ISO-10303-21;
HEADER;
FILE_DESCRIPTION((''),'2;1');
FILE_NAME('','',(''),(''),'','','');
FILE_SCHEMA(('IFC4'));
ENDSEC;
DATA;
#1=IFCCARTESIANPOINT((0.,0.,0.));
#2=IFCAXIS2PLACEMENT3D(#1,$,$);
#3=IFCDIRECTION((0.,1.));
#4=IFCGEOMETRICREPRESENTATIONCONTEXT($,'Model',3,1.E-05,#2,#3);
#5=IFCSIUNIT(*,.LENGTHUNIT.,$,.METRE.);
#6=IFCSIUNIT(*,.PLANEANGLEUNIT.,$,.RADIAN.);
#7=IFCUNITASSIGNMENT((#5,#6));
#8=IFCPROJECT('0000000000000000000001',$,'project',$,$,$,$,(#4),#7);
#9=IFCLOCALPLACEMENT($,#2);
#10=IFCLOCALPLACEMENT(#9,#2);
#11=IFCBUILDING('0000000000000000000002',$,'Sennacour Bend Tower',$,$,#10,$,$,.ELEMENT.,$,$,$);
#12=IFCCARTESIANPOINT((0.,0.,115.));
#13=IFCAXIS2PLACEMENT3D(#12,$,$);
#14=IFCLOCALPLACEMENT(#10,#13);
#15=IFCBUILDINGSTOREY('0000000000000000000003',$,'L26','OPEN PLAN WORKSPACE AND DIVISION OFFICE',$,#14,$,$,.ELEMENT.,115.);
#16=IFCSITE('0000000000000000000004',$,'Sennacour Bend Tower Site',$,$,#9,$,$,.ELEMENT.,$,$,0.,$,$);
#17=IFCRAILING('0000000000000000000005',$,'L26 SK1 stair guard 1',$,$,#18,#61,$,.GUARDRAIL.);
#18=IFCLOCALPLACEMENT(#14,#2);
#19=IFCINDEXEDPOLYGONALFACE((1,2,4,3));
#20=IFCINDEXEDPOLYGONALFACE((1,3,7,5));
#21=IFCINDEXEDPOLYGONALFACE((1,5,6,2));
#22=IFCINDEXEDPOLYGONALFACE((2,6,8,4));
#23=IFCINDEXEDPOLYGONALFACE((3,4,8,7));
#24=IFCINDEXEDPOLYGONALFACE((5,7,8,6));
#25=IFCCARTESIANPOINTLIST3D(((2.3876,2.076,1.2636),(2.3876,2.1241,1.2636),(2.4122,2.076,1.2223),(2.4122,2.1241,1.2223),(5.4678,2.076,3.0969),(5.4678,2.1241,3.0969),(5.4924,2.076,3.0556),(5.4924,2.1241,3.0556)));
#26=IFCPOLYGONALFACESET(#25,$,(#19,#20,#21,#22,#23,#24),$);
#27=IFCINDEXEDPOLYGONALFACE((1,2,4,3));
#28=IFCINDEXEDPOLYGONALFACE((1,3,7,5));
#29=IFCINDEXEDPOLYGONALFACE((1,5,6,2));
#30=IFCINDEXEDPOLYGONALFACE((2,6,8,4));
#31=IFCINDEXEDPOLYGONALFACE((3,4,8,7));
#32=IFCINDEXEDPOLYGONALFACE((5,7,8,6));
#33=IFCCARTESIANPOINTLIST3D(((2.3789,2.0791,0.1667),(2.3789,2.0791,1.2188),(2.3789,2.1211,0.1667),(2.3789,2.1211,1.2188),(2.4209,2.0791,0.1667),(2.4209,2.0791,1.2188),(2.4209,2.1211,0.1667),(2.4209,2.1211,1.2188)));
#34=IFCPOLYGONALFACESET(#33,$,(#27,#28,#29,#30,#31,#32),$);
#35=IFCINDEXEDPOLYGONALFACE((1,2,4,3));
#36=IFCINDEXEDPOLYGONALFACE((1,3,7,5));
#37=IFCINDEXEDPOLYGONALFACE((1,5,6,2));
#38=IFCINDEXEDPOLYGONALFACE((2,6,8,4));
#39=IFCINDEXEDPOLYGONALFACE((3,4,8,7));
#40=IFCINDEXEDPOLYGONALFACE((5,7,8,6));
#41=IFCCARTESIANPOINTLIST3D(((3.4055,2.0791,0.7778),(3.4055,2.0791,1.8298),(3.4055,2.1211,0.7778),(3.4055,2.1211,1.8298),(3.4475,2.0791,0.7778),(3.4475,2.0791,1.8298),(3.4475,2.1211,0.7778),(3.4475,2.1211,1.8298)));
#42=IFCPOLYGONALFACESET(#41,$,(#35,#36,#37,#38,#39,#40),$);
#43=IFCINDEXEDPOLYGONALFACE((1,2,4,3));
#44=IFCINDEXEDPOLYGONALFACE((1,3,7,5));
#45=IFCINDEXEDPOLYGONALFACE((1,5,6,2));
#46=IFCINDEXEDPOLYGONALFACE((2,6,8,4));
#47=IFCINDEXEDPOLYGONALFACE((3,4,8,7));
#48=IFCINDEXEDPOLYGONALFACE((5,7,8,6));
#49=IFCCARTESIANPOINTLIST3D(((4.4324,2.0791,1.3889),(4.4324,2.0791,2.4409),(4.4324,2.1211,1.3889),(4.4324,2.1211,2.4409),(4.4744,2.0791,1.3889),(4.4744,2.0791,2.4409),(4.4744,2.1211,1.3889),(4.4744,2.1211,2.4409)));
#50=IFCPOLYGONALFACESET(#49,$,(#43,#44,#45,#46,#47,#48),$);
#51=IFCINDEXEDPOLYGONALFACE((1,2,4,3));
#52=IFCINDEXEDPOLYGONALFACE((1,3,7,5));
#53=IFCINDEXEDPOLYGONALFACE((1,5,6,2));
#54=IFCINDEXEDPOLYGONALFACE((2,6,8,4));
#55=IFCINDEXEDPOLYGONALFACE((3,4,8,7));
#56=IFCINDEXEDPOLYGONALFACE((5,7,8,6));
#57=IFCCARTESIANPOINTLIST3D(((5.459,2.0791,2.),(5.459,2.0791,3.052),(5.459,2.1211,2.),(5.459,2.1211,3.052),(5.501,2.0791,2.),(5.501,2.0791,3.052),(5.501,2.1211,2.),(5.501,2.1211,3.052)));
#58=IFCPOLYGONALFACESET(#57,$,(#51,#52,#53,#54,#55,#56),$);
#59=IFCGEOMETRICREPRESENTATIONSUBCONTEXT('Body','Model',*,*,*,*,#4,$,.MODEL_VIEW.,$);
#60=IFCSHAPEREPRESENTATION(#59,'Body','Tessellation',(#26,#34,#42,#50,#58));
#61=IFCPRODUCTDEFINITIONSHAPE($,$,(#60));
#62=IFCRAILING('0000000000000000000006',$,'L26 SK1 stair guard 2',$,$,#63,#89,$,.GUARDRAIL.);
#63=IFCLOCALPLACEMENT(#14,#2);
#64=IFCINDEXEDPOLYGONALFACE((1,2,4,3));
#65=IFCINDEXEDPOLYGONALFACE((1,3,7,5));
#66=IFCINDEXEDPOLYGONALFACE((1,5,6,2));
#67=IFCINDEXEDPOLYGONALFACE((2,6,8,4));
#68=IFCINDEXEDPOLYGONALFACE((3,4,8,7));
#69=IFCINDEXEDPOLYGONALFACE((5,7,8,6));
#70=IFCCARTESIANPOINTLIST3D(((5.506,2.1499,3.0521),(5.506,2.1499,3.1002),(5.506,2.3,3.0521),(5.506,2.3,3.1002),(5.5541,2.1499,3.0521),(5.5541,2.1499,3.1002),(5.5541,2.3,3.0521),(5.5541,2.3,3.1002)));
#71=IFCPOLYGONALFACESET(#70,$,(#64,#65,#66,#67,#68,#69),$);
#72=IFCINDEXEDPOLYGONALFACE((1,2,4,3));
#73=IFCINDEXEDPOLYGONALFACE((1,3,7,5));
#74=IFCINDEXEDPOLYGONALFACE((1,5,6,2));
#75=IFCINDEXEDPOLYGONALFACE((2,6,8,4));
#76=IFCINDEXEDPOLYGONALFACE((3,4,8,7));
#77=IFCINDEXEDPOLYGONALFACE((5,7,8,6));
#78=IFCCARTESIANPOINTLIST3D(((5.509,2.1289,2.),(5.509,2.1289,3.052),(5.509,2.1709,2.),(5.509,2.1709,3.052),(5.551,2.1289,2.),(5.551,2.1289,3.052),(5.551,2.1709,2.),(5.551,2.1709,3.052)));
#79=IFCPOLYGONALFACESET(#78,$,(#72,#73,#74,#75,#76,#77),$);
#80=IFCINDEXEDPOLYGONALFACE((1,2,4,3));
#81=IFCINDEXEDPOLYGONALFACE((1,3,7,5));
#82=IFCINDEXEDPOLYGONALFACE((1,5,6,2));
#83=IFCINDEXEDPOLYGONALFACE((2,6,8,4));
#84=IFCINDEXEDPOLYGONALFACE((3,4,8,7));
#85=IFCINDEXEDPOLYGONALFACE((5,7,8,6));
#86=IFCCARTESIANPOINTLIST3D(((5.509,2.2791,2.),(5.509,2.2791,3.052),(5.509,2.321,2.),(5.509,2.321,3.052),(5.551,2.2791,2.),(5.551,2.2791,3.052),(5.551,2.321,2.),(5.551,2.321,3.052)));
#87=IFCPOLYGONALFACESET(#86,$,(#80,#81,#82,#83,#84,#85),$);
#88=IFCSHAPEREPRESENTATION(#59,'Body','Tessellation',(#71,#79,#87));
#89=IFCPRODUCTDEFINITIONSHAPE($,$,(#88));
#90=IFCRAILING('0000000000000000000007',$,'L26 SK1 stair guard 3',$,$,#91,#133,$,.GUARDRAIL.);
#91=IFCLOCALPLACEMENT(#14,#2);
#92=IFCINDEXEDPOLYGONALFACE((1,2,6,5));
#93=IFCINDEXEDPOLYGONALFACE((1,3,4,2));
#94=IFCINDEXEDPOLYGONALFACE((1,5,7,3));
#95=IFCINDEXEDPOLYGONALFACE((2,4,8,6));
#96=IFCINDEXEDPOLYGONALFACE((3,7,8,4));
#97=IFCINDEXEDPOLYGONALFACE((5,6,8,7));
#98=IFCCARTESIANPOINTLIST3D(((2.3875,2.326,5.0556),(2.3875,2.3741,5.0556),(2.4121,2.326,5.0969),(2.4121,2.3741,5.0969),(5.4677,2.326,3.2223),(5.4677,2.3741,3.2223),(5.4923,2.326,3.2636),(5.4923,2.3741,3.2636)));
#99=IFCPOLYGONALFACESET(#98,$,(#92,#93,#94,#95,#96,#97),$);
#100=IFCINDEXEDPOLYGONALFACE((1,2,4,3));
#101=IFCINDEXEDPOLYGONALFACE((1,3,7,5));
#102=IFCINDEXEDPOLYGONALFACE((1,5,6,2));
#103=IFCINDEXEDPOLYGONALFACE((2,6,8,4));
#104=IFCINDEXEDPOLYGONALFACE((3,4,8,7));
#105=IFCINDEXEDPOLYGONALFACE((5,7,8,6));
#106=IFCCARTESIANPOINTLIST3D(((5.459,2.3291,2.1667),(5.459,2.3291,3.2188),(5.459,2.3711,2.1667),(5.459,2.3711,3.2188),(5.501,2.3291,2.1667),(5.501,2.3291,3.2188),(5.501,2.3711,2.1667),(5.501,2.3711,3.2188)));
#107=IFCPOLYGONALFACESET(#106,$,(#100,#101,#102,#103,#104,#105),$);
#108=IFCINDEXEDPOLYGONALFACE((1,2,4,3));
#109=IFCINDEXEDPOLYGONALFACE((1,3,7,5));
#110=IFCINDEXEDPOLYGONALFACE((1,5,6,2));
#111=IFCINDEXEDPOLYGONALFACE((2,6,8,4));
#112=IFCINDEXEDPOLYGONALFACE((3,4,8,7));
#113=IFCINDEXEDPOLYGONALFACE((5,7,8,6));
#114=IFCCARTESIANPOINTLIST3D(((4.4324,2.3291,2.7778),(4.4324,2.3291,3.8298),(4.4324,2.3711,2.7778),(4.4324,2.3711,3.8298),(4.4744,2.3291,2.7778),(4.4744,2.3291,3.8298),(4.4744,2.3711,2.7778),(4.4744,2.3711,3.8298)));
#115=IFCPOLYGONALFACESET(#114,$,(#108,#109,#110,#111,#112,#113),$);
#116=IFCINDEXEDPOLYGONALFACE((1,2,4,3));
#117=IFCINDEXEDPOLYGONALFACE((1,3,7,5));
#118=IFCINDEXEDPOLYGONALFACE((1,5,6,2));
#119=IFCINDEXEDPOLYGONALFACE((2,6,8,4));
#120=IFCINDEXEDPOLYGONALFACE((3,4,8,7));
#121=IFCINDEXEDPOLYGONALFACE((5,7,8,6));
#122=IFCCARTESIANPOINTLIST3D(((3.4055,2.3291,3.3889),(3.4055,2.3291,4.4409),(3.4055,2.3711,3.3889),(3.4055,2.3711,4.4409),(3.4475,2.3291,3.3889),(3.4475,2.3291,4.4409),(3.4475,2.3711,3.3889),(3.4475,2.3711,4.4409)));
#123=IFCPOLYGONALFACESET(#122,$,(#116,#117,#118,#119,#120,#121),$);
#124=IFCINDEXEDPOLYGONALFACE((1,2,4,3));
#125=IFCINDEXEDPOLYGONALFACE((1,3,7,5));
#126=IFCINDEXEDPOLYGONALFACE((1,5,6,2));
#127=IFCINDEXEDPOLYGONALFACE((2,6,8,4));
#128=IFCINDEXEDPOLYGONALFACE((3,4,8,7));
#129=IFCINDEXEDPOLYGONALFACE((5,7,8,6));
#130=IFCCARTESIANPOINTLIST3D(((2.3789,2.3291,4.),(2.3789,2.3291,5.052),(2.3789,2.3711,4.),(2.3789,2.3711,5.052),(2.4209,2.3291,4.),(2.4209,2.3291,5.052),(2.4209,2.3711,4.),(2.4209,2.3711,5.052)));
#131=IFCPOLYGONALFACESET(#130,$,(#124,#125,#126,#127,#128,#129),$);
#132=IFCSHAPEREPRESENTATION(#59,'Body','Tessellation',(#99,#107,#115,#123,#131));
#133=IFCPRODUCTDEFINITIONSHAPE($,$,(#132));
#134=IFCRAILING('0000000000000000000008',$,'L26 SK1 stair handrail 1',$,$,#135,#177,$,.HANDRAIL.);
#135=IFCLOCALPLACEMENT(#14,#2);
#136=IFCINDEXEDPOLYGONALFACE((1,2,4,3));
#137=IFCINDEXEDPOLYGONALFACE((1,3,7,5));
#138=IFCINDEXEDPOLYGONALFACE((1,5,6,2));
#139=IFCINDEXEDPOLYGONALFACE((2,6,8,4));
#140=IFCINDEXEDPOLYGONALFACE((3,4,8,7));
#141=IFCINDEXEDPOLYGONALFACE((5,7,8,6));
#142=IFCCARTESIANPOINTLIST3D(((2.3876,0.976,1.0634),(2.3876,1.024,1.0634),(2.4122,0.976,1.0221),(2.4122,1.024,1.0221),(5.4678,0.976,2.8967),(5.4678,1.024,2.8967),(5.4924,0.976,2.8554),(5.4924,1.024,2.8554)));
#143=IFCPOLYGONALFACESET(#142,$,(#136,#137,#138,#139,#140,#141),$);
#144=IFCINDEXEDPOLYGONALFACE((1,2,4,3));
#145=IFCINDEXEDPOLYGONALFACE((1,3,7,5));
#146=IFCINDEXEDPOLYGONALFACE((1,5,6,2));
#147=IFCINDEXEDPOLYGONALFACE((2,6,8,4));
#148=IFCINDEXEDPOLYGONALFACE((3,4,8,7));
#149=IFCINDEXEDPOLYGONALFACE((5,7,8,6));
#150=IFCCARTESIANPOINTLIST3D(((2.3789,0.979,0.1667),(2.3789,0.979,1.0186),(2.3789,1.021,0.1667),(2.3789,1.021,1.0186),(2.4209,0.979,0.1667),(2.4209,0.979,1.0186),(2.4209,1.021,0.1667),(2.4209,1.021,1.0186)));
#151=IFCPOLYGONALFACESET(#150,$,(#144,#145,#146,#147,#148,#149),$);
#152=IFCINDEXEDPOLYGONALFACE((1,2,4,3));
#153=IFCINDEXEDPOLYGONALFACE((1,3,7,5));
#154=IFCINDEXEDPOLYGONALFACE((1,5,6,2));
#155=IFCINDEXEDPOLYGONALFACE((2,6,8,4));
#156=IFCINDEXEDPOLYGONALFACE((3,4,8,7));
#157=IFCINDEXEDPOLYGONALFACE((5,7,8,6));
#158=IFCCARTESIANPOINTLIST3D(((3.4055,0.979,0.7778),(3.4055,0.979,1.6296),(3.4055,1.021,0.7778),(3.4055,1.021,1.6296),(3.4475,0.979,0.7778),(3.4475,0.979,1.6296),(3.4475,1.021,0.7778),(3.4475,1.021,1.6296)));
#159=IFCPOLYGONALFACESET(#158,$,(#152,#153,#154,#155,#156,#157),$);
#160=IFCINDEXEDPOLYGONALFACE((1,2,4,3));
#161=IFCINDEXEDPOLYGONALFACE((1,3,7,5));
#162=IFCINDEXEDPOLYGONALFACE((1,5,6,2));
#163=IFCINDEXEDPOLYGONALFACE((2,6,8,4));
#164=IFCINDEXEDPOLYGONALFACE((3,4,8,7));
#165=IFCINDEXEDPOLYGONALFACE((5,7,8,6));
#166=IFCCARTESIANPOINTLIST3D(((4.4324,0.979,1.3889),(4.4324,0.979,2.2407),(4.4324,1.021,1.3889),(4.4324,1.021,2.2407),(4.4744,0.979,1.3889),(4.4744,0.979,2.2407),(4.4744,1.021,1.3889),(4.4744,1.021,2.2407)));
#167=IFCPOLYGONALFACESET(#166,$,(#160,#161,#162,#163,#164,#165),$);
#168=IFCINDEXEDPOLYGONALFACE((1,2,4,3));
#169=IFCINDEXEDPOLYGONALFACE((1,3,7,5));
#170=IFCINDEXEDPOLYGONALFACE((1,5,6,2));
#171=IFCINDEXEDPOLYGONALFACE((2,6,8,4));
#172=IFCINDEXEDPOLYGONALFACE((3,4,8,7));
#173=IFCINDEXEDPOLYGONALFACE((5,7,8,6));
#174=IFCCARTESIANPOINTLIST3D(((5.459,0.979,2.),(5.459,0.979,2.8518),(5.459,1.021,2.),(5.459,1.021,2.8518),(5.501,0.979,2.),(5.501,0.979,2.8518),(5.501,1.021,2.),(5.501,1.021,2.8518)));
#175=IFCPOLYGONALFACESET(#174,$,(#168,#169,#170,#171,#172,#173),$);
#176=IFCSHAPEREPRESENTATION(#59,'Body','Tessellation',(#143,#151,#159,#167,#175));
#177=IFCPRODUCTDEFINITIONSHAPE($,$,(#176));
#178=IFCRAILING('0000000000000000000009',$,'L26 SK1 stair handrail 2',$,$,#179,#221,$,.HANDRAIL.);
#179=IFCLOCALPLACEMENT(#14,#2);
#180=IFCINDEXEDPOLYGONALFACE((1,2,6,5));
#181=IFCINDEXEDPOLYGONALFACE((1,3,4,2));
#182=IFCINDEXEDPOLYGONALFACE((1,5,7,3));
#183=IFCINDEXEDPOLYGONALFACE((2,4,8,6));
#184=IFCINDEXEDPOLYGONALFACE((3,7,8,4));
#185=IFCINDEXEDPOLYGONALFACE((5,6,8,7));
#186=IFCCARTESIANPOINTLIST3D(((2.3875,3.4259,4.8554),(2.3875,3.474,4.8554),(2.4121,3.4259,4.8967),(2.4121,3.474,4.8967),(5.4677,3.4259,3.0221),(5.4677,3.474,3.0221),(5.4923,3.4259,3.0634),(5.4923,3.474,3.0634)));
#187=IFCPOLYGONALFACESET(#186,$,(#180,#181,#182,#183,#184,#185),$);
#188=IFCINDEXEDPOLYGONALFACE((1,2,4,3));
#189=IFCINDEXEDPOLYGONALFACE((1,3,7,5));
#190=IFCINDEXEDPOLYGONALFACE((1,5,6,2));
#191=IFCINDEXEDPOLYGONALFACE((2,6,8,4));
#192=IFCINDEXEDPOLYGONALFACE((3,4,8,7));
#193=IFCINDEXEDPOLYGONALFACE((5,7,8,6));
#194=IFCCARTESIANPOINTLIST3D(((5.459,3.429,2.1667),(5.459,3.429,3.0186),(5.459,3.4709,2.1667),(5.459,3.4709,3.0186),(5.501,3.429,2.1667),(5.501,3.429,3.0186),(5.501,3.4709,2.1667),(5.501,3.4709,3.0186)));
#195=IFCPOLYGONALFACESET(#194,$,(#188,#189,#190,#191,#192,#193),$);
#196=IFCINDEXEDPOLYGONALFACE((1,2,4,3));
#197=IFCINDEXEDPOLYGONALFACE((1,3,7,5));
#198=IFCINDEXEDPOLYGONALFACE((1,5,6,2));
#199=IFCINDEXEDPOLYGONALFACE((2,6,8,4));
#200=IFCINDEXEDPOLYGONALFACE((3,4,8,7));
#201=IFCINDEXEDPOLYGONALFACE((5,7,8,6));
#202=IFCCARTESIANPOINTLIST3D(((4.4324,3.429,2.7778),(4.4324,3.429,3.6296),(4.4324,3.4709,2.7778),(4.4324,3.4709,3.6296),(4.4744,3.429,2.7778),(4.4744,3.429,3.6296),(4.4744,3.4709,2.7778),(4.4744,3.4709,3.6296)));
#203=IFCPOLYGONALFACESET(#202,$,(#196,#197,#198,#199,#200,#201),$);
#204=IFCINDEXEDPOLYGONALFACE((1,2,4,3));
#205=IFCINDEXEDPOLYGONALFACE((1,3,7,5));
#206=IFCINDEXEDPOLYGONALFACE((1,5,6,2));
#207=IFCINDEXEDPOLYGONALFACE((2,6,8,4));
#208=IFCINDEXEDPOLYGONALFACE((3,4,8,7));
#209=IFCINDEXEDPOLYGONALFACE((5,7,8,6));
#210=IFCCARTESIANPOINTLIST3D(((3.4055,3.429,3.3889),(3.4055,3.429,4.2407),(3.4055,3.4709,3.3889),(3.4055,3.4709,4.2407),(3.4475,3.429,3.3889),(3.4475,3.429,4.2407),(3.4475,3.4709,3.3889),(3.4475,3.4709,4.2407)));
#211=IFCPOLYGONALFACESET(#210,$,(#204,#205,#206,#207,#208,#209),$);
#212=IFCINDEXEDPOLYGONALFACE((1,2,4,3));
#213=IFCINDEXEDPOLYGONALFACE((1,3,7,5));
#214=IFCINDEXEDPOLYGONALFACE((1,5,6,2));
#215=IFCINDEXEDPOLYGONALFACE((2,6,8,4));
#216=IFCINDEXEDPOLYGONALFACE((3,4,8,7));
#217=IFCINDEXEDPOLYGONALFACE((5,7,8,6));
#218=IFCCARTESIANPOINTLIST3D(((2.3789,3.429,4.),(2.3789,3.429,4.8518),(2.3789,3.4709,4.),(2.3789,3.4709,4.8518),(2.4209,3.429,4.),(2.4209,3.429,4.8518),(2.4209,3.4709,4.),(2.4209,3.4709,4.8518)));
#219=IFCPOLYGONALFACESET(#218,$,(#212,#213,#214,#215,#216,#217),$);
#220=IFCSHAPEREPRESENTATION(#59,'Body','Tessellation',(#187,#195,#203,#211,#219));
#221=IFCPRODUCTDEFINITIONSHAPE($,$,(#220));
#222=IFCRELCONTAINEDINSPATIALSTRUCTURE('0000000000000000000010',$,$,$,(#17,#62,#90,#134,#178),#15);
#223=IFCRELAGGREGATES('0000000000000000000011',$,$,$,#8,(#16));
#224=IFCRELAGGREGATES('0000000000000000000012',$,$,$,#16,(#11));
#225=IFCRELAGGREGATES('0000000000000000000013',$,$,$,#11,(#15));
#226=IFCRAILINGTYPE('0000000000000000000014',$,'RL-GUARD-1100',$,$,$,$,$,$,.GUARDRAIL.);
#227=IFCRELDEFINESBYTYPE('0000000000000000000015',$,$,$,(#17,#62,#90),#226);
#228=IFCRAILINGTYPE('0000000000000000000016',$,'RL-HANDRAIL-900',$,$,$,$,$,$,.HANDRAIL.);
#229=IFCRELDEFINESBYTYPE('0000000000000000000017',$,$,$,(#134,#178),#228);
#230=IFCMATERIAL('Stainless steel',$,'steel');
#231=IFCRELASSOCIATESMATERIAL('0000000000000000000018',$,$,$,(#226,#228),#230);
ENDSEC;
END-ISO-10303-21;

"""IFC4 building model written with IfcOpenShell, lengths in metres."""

from ifc_helpers import new_model, si_unit, direction, frame, origin, origin_2d, place, context, subcontext, project, spatial, rectangle, extrude, material, type_object, element, save


model = new_model("IFC4")

# Units and contexts
model_context = context("Model", 3, precision=1e-05, world=origin(), true_north=direction((0.0, 1.0)))
body_context = subcontext(model_context, "Body", "Model", "MODEL_VIEW")
ifc_project = project(units=[si_unit("LENGTHUNIT", "METRE"), si_unit("PLANEANGLEUNIT", "RADIAN")], contexts=[model_context])

# Site, building, storey
site_placement = place(None, origin())
site = spatial("IfcSite", under=ifc_project, at=site_placement, Name="Sennacour Bend Tower Site", CompositionType="ELEMENT", RefElevation=0.0)
building_placement = place(site_placement, origin())
building = spatial("IfcBuilding", under=site, at=building_placement, Name="Sennacour Bend Tower", CompositionType="ELEMENT")
storey_placement = place(building_placement, frame((0.0, 0.0, 115.0)))
storey = spatial("IfcBuildingStorey", under=building, at=storey_placement, Name="L26", Description="OPEN PLAN WORKSPACE AND DIVISION OFFICE", CompositionType="ELEMENT", Elevation=115.0)

# Railings
ifc_material_1 = material(Name="Stainless steel", Category="steel")
railing_type_1 = type_object("IfcRailingType", Name="RL-GUARD-1100", PredefinedType="GUARDRAIL", material=ifc_material_1)
railing_1_placement = place(storey_placement, frame((2.3999, 2.1001, 0.1667)))
element("IfcRailing", 1, at=railing_1_placement, inside=storey, type_object=railing_type_1, Name="L26 SK1 stair guard 1", PredefinedType="GUARDRAIL", context=body_context, shape_type="SweptSolid", body=[
    extrude(rectangle(XDim=0.0481, YDim=0.0481, at=origin_2d()), frame((0.0, 0.0, 1.0762), z_axis=(0.859309, 0.0, 0.511458), x_axis=(0.0, 1.0, 0.0)), (0.0, 0.0, 1.0), 3.5845),
    extrude(rectangle(XDim=0.042, YDim=0.042, at=origin_2d()), origin(), (0.0, 0.0, 1.0), 1.052),
    extrude(rectangle(XDim=0.042, YDim=0.042, at=origin_2d()), frame((1.0266, 0.0, 0.6111)), (0.0, 0.0, 1.0), 1.052),
    extrude(rectangle(XDim=0.042, YDim=0.042, at=origin_2d()), frame((2.0535, 0.0, 1.2222)), (0.0, 0.0, 1.0), 1.052),
    extrude(rectangle(XDim=0.042, YDim=0.042, at=origin_2d()), frame((3.0801, 0.0, 1.8333)), (0.0, 0.0, 1.0), 1.052),
])
railing_2_placement = place(storey_placement, frame((5.53, 2.1499, 2.0)))
element("IfcRailing", 2, at=railing_2_placement, inside=storey, type_object=railing_type_1, Name="L26 SK1 stair guard 2", PredefinedType="GUARDRAIL", context=body_context, shape_type="SweptSolid", body=[
    extrude(rectangle(XDim=0.0481, YDim=0.0481, at=origin_2d()), frame((0.0, 0.0, 1.0762), z_axis=(0.0, 1.0, 0.0), x_axis=(-1.0, 0.0, 0.0)), (0.0, 0.0, 1.0), 0.1501),
    extrude(rectangle(XDim=0.042, YDim=0.042, at=origin_2d()), origin(), (0.0, 0.0, 1.0), 1.052),
    extrude(rectangle(XDim=0.042, YDim=0.042, at=origin_2d()), frame((0.0, 0.1501, 0.0)), (0.0, 0.0, 1.0), 1.052),
])
railing_3_placement = place(storey_placement, frame((5.48, 2.3501, 2.1667)))
element("IfcRailing", 3, at=railing_3_placement, inside=storey, type_object=railing_type_1, Name="L26 SK1 stair guard 3", PredefinedType="GUARDRAIL", context=body_context, shape_type="SweptSolid", body=[
    extrude(rectangle(XDim=0.0481, YDim=0.0481, at=origin_2d()), frame((0.0, 0.0, 1.0762), z_axis=(-0.859309, 0.0, 0.511458), x_axis=(0.0, -1.0, 0.0)), (0.0, 0.0, 1.0), 3.5845),
    extrude(rectangle(XDim=0.042, YDim=0.042, at=origin_2d()), origin(), (0.0, 0.0, 1.0), 1.052),
    extrude(rectangle(XDim=0.042, YDim=0.042, at=origin_2d()), frame((-1.0266, 0.0, 0.6111)), (0.0, 0.0, 1.0), 1.052),
    extrude(rectangle(XDim=0.042, YDim=0.042, at=origin_2d()), frame((-2.0535, 0.0, 1.2222)), (0.0, 0.0, 1.0), 1.052),
    extrude(rectangle(XDim=0.042, YDim=0.042, at=origin_2d()), frame((-3.0801, 0.0, 1.8333)), (0.0, 0.0, 1.0), 1.052),
])
railing_type_2 = type_object("IfcRailingType", Name="RL-HANDRAIL-900", PredefinedType="HANDRAIL", material=ifc_material_1)
railing_4_placement = place(storey_placement, frame((2.3999, 1.0, 0.1667)))
element("IfcRailing", 4, at=railing_4_placement, inside=storey, type_object=railing_type_2, Name="L26 SK1 stair handrail 1", PredefinedType="HANDRAIL", context=body_context, shape_type="SweptSolid", body=[
    extrude(rectangle(XDim=0.0481, YDim=0.0481, at=origin_2d()), frame((0.0, 0.0, 0.876), z_axis=(0.859309, 0.0, 0.511458), x_axis=(0.0, 1.0, 0.0)), (0.0, 0.0, 1.0), 3.5845),
    extrude(rectangle(XDim=0.042, YDim=0.042, at=origin_2d()), origin(), (0.0, 0.0, 1.0), 0.8518),
    extrude(rectangle(XDim=0.042, YDim=0.042, at=origin_2d()), frame((1.0266, 0.0, 0.6111)), (0.0, 0.0, 1.0), 0.8518),
    extrude(rectangle(XDim=0.042, YDim=0.042, at=origin_2d()), frame((2.0535, 0.0, 1.2222)), (0.0, 0.0, 1.0), 0.8518),
    extrude(rectangle(XDim=0.042, YDim=0.042, at=origin_2d()), frame((3.0801, 0.0, 1.8333)), (0.0, 0.0, 1.0), 0.8518),
])
railing_5_placement = place(storey_placement, frame((5.48, 3.45, 2.1667)))
element("IfcRailing", 5, at=railing_5_placement, inside=storey, type_object=railing_type_2, Name="L26 SK1 stair handrail 2", PredefinedType="HANDRAIL", context=body_context, shape_type="SweptSolid", body=[
    extrude(rectangle(XDim=0.0481, YDim=0.0481, at=origin_2d()), frame((0.0, 0.0, 0.876), z_axis=(-0.859309, 0.0, 0.511458), x_axis=(0.0, -1.0, 0.0)), (0.0, 0.0, 1.0), 3.5845),
    extrude(rectangle(XDim=0.042, YDim=0.042, at=origin_2d()), origin(), (0.0, 0.0, 1.0), 0.8518),
    extrude(rectangle(XDim=0.042, YDim=0.042, at=origin_2d()), frame((-1.0266, 0.0, 0.6111)), (0.0, 0.0, 1.0), 0.8518),
    extrude(rectangle(XDim=0.042, YDim=0.042, at=origin_2d()), frame((-2.0535, 0.0, 1.2222)), (0.0, 0.0, 1.0), 0.8518),
    extrude(rectangle(XDim=0.042, YDim=0.042, at=origin_2d()), frame((-3.0801, 0.0, 1.8333)), (0.0, 0.0, 1.0), 0.8518),
])

save(model, "model.ifc")
